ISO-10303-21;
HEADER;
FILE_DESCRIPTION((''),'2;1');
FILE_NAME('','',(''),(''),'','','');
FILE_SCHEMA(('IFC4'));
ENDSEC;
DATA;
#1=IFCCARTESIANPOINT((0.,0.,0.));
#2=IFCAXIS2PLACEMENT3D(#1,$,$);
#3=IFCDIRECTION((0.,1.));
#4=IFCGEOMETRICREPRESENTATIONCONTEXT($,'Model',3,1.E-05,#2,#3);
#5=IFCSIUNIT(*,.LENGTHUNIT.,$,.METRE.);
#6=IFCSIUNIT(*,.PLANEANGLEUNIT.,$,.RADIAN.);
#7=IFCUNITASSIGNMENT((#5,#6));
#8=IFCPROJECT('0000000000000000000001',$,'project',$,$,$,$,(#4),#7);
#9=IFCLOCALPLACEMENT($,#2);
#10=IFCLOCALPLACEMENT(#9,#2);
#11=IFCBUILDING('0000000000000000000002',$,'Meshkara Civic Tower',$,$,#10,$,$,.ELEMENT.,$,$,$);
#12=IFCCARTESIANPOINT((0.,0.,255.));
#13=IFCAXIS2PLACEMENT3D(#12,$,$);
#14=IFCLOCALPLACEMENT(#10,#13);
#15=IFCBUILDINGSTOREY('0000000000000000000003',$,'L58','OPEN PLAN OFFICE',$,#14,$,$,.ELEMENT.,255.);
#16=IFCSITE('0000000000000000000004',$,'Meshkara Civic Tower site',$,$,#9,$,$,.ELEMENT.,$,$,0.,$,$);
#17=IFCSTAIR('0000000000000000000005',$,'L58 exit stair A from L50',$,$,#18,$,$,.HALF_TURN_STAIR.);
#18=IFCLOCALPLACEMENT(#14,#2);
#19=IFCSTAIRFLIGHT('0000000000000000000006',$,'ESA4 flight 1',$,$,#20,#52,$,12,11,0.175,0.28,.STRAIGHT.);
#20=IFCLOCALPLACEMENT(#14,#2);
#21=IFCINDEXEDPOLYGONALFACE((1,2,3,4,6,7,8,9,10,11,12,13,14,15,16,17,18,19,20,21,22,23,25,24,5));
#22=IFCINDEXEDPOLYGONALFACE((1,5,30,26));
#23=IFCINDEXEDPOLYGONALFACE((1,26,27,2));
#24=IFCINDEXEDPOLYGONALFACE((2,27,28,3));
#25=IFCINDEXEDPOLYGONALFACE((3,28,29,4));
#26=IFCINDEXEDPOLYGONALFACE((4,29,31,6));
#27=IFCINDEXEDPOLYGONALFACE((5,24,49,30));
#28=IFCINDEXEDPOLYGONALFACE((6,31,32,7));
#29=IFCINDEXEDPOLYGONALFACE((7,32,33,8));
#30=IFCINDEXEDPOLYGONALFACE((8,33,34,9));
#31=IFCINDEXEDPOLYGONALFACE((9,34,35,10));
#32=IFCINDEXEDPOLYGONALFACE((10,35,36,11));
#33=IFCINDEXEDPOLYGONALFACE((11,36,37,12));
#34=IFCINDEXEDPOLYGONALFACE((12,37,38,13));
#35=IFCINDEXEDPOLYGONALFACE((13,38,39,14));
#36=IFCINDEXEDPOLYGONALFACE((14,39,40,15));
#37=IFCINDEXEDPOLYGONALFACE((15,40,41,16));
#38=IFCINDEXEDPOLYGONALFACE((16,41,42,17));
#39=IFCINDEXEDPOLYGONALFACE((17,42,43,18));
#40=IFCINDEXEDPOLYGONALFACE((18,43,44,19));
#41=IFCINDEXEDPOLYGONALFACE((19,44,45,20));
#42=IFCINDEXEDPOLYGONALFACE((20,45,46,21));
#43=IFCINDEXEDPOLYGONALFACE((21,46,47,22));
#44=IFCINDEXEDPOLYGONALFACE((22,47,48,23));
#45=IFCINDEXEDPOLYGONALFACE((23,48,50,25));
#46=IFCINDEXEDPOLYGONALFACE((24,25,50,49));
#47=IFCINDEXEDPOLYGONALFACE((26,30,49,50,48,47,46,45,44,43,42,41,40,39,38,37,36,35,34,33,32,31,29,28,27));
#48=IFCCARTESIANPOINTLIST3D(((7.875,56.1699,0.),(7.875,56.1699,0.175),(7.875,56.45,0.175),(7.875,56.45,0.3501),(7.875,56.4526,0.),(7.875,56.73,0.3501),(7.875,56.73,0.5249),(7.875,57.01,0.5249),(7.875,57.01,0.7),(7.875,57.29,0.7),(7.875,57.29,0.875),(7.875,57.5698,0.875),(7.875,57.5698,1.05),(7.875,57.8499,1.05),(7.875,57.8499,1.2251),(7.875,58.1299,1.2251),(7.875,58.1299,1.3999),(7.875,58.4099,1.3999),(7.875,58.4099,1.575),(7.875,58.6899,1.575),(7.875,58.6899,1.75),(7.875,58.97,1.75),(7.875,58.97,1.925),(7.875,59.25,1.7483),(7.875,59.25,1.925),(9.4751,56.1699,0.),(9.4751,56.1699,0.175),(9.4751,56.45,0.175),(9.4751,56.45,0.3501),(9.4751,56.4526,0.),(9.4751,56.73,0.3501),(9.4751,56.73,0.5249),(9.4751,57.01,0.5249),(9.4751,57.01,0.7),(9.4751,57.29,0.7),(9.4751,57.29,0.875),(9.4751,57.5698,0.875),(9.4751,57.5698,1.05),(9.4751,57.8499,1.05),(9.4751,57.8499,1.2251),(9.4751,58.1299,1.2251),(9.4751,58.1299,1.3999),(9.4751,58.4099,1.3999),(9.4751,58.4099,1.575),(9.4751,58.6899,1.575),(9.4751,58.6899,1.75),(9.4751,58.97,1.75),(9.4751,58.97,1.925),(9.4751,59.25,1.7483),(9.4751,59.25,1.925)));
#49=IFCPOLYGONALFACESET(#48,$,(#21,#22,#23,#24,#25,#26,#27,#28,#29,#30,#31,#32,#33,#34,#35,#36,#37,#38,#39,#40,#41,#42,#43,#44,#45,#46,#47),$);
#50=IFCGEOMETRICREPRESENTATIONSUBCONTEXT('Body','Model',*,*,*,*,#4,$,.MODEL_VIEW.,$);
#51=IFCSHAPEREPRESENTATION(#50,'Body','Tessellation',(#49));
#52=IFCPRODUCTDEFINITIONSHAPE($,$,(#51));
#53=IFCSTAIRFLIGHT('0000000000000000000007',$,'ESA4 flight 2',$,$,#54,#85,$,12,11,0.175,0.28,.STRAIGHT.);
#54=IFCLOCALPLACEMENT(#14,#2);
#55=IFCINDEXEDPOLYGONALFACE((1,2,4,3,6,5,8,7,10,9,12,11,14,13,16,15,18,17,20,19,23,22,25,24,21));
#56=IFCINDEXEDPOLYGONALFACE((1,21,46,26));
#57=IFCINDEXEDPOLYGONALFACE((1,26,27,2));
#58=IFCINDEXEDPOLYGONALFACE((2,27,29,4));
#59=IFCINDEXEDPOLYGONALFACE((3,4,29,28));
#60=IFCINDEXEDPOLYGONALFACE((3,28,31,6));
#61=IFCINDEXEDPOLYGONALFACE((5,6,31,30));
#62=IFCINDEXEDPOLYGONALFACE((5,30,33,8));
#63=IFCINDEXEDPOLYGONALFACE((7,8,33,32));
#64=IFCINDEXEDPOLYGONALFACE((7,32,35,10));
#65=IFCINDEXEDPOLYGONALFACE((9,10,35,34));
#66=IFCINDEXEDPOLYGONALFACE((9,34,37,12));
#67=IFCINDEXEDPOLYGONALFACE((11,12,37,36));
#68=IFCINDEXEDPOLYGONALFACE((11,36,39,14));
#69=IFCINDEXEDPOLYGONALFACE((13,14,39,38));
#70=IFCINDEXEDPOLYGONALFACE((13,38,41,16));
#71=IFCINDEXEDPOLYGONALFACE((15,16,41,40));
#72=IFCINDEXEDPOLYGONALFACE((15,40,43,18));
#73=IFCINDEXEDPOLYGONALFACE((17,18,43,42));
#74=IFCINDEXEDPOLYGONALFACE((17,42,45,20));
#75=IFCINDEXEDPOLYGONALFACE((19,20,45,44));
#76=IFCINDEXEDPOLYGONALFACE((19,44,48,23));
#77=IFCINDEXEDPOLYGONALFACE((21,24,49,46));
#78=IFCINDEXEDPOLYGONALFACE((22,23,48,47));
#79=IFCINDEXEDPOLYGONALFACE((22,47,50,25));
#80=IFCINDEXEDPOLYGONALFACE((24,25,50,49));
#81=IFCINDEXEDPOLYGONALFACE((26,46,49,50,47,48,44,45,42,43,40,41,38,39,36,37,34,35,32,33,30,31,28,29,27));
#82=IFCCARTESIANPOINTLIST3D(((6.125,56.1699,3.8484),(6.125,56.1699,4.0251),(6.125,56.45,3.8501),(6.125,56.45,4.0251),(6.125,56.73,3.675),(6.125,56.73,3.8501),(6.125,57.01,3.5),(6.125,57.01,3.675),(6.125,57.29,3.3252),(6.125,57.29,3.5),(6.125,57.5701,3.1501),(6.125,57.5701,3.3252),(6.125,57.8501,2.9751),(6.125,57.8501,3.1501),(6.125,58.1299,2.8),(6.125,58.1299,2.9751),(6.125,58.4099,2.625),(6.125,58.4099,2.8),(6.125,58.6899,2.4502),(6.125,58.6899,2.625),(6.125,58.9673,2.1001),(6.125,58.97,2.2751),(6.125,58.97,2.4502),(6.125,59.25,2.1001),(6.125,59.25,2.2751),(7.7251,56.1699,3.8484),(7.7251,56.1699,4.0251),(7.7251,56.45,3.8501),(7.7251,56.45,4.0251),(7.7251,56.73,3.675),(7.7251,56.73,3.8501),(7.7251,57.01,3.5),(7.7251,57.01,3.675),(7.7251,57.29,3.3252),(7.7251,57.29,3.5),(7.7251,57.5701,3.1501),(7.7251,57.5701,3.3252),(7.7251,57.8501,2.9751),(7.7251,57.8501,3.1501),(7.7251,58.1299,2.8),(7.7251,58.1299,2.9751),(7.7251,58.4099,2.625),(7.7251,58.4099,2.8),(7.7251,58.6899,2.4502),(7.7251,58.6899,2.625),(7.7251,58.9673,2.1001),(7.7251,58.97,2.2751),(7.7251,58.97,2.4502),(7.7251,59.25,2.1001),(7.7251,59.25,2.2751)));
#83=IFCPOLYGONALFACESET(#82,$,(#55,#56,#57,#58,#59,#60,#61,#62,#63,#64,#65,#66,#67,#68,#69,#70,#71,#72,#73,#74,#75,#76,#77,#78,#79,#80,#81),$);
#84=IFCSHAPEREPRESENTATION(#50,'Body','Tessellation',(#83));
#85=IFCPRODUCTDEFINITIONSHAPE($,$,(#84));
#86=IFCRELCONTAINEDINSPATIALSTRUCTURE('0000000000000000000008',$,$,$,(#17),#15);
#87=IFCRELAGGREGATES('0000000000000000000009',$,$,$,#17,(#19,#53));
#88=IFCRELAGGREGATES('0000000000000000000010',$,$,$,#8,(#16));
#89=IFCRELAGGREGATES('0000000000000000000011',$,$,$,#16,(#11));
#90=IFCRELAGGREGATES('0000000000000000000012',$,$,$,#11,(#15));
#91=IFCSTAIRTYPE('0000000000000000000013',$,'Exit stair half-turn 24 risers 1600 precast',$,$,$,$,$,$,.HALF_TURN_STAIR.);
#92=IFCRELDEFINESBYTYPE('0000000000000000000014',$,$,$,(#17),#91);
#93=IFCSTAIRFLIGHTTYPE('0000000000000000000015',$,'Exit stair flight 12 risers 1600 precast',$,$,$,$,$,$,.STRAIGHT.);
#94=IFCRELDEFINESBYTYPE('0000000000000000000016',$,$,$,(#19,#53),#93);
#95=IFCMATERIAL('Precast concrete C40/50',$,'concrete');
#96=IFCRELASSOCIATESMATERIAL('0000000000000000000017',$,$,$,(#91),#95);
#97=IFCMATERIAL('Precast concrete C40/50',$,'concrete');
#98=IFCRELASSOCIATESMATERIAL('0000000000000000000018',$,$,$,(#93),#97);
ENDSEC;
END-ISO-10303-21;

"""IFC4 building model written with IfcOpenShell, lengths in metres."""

from ifc_helpers import new_model, si_unit, direction, frame, origin, place, context, subcontext, project, spatial, polyline, outline, extrude, material, type_object, element, aggregate, save


model = new_model("IFC4")

# Units and contexts
model_context = context("Model", 3, precision=1e-05, world=origin(), true_north=direction((0.0, 1.0)))
body_context = subcontext(model_context, "Body", "Model", "MODEL_VIEW")
ifc_project = project(units=[si_unit("LENGTHUNIT", "METRE"), si_unit("PLANEANGLEUNIT", "RADIAN")], contexts=[model_context])

# Site, building, storey
site_placement = place(None, origin())
site = spatial("IfcSite", under=ifc_project, at=site_placement, Name="Meshkara Civic Tower site", CompositionType="ELEMENT", RefElevation=0.0)
building_placement = place(site_placement, origin())
building = spatial("IfcBuilding", under=site, at=building_placement, Name="Meshkara Civic Tower", CompositionType="ELEMENT")
storey_placement = place(building_placement, frame((0.0, 0.0, 255.0)))
storey = spatial("IfcBuildingStorey", under=building, at=storey_placement, Name="L58", Description="OPEN PLAN OFFICE", CompositionType="ELEMENT", Elevation=255.0)

# Stair, stair flights
ifc_material_1 = material(Name="Precast concrete C40/50", Category="concrete")
stair_type = type_object("IfcStairType", Name="Exit stair half-turn 24 risers 1600 precast", PredefinedType="HALF_TURN_STAIR", material=ifc_material_1)
stair_placement = place(storey_placement, origin())
stair = element("IfcStair", 1, at=stair_placement, inside=storey, type_object=stair_type, Name="L58 exit stair A from L50", PredefinedType="HALF_TURN_STAIR")
ifc_material_2 = material(Name="Precast concrete C40/50", Category="concrete")
stair_flight_type = type_object("IfcStairFlightType", Name="Exit stair flight 12 risers 1600 precast", PredefinedType="STRAIGHT", material=ifc_material_2)
stair_flight_1_placement = place(storey_placement, frame((8.675, 56.1699, 0.0), z_axis=(0.0, 0.0, 1.0), x_axis=(0.0, 1.0, 0.0)))
stair_flight_1 = element("IfcStairFlight", 2, at=stair_flight_1_placement, type_object=stair_flight_type, Name="ESA4 flight 1", NumberOfRisers=12, NumberOfTreads=11, PredefinedType="STRAIGHT", RiserHeight=0.175, TreadLength=0.28, context=body_context, shape_type="SweptSolid", body=[
    extrude(outline(polyline([(0.0, 0.0), (0.0, 0.175), (0.28, 0.175), (0.28, 0.3501), (0.5601, 0.3501), (0.5601, 0.5249), (0.8401, 0.5249), (0.8401, 0.7), (1.1201, 0.7), (1.1201, 0.875), (1.3999, 0.875), (1.3999, 1.05), (1.6799, 1.05), (1.6799, 1.2251), (1.96, 1.2251), (1.96, 1.3999), (2.24, 1.3999), (2.24, 1.575), (2.52, 1.575), (2.52, 1.75), (2.8, 1.75), (2.8, 1.925), (3.0801, 1.925), (3.0801, 2.1001), (3.0801, 1.7483), (0.2827, 0.0), (0.0, 0.0)])), frame((0.0, 0.8, 0.0), z_axis=(0.0, -1.0, 0.0), x_axis=(1.0, 0.0, 0.0)), (0.0, 0.0, 1.0), 1.6001),
])
stair_flight_2_placement = place(storey_placement, frame((6.925, 59.25, 2.1001), z_axis=(0.0, 0.0, 1.0), x_axis=(0.0, -1.0, 0.0)))
stair_flight_2 = element("IfcStairFlight", 3, at=stair_flight_2_placement, type_object=stair_flight_type, Name="ESA4 flight 2", NumberOfRisers=12, NumberOfTreads=11, PredefinedType="STRAIGHT", RiserHeight=0.175, TreadLength=0.28, context=body_context, shape_type="SweptSolid", body=[
    extrude(outline(polyline([(0.0, 0.0), (0.0, 0.175), (0.28, 0.175), (0.28, 0.3501), (0.5601, 0.3501), (0.5601, 0.5249), (0.8401, 0.5249), (0.8401, 0.7), (1.1201, 0.7), (1.1201, 0.875), (1.3999, 0.875), (1.3999, 1.05), (1.6799, 1.05), (1.6799, 1.2251), (1.96, 1.2251), (1.96, 1.3999), (2.24, 1.3999), (2.24, 1.575), (2.52, 1.575), (2.52, 1.75), (2.8, 1.75), (2.8, 1.925), (3.0801, 1.925), (3.0801, 2.1001), (3.0801, 1.7483), (0.2827, 0.0), (0.0, 0.0)])), frame((0.0, 0.8, 0.0), z_axis=(0.0, -1.0, 0.0), x_axis=(1.0, 0.0, 0.0)), (0.0, 0.0, 1.0), 1.6001),
])
aggregate(stair, [stair_flight_1, stair_flight_2])

save(model, "model.ifc")
